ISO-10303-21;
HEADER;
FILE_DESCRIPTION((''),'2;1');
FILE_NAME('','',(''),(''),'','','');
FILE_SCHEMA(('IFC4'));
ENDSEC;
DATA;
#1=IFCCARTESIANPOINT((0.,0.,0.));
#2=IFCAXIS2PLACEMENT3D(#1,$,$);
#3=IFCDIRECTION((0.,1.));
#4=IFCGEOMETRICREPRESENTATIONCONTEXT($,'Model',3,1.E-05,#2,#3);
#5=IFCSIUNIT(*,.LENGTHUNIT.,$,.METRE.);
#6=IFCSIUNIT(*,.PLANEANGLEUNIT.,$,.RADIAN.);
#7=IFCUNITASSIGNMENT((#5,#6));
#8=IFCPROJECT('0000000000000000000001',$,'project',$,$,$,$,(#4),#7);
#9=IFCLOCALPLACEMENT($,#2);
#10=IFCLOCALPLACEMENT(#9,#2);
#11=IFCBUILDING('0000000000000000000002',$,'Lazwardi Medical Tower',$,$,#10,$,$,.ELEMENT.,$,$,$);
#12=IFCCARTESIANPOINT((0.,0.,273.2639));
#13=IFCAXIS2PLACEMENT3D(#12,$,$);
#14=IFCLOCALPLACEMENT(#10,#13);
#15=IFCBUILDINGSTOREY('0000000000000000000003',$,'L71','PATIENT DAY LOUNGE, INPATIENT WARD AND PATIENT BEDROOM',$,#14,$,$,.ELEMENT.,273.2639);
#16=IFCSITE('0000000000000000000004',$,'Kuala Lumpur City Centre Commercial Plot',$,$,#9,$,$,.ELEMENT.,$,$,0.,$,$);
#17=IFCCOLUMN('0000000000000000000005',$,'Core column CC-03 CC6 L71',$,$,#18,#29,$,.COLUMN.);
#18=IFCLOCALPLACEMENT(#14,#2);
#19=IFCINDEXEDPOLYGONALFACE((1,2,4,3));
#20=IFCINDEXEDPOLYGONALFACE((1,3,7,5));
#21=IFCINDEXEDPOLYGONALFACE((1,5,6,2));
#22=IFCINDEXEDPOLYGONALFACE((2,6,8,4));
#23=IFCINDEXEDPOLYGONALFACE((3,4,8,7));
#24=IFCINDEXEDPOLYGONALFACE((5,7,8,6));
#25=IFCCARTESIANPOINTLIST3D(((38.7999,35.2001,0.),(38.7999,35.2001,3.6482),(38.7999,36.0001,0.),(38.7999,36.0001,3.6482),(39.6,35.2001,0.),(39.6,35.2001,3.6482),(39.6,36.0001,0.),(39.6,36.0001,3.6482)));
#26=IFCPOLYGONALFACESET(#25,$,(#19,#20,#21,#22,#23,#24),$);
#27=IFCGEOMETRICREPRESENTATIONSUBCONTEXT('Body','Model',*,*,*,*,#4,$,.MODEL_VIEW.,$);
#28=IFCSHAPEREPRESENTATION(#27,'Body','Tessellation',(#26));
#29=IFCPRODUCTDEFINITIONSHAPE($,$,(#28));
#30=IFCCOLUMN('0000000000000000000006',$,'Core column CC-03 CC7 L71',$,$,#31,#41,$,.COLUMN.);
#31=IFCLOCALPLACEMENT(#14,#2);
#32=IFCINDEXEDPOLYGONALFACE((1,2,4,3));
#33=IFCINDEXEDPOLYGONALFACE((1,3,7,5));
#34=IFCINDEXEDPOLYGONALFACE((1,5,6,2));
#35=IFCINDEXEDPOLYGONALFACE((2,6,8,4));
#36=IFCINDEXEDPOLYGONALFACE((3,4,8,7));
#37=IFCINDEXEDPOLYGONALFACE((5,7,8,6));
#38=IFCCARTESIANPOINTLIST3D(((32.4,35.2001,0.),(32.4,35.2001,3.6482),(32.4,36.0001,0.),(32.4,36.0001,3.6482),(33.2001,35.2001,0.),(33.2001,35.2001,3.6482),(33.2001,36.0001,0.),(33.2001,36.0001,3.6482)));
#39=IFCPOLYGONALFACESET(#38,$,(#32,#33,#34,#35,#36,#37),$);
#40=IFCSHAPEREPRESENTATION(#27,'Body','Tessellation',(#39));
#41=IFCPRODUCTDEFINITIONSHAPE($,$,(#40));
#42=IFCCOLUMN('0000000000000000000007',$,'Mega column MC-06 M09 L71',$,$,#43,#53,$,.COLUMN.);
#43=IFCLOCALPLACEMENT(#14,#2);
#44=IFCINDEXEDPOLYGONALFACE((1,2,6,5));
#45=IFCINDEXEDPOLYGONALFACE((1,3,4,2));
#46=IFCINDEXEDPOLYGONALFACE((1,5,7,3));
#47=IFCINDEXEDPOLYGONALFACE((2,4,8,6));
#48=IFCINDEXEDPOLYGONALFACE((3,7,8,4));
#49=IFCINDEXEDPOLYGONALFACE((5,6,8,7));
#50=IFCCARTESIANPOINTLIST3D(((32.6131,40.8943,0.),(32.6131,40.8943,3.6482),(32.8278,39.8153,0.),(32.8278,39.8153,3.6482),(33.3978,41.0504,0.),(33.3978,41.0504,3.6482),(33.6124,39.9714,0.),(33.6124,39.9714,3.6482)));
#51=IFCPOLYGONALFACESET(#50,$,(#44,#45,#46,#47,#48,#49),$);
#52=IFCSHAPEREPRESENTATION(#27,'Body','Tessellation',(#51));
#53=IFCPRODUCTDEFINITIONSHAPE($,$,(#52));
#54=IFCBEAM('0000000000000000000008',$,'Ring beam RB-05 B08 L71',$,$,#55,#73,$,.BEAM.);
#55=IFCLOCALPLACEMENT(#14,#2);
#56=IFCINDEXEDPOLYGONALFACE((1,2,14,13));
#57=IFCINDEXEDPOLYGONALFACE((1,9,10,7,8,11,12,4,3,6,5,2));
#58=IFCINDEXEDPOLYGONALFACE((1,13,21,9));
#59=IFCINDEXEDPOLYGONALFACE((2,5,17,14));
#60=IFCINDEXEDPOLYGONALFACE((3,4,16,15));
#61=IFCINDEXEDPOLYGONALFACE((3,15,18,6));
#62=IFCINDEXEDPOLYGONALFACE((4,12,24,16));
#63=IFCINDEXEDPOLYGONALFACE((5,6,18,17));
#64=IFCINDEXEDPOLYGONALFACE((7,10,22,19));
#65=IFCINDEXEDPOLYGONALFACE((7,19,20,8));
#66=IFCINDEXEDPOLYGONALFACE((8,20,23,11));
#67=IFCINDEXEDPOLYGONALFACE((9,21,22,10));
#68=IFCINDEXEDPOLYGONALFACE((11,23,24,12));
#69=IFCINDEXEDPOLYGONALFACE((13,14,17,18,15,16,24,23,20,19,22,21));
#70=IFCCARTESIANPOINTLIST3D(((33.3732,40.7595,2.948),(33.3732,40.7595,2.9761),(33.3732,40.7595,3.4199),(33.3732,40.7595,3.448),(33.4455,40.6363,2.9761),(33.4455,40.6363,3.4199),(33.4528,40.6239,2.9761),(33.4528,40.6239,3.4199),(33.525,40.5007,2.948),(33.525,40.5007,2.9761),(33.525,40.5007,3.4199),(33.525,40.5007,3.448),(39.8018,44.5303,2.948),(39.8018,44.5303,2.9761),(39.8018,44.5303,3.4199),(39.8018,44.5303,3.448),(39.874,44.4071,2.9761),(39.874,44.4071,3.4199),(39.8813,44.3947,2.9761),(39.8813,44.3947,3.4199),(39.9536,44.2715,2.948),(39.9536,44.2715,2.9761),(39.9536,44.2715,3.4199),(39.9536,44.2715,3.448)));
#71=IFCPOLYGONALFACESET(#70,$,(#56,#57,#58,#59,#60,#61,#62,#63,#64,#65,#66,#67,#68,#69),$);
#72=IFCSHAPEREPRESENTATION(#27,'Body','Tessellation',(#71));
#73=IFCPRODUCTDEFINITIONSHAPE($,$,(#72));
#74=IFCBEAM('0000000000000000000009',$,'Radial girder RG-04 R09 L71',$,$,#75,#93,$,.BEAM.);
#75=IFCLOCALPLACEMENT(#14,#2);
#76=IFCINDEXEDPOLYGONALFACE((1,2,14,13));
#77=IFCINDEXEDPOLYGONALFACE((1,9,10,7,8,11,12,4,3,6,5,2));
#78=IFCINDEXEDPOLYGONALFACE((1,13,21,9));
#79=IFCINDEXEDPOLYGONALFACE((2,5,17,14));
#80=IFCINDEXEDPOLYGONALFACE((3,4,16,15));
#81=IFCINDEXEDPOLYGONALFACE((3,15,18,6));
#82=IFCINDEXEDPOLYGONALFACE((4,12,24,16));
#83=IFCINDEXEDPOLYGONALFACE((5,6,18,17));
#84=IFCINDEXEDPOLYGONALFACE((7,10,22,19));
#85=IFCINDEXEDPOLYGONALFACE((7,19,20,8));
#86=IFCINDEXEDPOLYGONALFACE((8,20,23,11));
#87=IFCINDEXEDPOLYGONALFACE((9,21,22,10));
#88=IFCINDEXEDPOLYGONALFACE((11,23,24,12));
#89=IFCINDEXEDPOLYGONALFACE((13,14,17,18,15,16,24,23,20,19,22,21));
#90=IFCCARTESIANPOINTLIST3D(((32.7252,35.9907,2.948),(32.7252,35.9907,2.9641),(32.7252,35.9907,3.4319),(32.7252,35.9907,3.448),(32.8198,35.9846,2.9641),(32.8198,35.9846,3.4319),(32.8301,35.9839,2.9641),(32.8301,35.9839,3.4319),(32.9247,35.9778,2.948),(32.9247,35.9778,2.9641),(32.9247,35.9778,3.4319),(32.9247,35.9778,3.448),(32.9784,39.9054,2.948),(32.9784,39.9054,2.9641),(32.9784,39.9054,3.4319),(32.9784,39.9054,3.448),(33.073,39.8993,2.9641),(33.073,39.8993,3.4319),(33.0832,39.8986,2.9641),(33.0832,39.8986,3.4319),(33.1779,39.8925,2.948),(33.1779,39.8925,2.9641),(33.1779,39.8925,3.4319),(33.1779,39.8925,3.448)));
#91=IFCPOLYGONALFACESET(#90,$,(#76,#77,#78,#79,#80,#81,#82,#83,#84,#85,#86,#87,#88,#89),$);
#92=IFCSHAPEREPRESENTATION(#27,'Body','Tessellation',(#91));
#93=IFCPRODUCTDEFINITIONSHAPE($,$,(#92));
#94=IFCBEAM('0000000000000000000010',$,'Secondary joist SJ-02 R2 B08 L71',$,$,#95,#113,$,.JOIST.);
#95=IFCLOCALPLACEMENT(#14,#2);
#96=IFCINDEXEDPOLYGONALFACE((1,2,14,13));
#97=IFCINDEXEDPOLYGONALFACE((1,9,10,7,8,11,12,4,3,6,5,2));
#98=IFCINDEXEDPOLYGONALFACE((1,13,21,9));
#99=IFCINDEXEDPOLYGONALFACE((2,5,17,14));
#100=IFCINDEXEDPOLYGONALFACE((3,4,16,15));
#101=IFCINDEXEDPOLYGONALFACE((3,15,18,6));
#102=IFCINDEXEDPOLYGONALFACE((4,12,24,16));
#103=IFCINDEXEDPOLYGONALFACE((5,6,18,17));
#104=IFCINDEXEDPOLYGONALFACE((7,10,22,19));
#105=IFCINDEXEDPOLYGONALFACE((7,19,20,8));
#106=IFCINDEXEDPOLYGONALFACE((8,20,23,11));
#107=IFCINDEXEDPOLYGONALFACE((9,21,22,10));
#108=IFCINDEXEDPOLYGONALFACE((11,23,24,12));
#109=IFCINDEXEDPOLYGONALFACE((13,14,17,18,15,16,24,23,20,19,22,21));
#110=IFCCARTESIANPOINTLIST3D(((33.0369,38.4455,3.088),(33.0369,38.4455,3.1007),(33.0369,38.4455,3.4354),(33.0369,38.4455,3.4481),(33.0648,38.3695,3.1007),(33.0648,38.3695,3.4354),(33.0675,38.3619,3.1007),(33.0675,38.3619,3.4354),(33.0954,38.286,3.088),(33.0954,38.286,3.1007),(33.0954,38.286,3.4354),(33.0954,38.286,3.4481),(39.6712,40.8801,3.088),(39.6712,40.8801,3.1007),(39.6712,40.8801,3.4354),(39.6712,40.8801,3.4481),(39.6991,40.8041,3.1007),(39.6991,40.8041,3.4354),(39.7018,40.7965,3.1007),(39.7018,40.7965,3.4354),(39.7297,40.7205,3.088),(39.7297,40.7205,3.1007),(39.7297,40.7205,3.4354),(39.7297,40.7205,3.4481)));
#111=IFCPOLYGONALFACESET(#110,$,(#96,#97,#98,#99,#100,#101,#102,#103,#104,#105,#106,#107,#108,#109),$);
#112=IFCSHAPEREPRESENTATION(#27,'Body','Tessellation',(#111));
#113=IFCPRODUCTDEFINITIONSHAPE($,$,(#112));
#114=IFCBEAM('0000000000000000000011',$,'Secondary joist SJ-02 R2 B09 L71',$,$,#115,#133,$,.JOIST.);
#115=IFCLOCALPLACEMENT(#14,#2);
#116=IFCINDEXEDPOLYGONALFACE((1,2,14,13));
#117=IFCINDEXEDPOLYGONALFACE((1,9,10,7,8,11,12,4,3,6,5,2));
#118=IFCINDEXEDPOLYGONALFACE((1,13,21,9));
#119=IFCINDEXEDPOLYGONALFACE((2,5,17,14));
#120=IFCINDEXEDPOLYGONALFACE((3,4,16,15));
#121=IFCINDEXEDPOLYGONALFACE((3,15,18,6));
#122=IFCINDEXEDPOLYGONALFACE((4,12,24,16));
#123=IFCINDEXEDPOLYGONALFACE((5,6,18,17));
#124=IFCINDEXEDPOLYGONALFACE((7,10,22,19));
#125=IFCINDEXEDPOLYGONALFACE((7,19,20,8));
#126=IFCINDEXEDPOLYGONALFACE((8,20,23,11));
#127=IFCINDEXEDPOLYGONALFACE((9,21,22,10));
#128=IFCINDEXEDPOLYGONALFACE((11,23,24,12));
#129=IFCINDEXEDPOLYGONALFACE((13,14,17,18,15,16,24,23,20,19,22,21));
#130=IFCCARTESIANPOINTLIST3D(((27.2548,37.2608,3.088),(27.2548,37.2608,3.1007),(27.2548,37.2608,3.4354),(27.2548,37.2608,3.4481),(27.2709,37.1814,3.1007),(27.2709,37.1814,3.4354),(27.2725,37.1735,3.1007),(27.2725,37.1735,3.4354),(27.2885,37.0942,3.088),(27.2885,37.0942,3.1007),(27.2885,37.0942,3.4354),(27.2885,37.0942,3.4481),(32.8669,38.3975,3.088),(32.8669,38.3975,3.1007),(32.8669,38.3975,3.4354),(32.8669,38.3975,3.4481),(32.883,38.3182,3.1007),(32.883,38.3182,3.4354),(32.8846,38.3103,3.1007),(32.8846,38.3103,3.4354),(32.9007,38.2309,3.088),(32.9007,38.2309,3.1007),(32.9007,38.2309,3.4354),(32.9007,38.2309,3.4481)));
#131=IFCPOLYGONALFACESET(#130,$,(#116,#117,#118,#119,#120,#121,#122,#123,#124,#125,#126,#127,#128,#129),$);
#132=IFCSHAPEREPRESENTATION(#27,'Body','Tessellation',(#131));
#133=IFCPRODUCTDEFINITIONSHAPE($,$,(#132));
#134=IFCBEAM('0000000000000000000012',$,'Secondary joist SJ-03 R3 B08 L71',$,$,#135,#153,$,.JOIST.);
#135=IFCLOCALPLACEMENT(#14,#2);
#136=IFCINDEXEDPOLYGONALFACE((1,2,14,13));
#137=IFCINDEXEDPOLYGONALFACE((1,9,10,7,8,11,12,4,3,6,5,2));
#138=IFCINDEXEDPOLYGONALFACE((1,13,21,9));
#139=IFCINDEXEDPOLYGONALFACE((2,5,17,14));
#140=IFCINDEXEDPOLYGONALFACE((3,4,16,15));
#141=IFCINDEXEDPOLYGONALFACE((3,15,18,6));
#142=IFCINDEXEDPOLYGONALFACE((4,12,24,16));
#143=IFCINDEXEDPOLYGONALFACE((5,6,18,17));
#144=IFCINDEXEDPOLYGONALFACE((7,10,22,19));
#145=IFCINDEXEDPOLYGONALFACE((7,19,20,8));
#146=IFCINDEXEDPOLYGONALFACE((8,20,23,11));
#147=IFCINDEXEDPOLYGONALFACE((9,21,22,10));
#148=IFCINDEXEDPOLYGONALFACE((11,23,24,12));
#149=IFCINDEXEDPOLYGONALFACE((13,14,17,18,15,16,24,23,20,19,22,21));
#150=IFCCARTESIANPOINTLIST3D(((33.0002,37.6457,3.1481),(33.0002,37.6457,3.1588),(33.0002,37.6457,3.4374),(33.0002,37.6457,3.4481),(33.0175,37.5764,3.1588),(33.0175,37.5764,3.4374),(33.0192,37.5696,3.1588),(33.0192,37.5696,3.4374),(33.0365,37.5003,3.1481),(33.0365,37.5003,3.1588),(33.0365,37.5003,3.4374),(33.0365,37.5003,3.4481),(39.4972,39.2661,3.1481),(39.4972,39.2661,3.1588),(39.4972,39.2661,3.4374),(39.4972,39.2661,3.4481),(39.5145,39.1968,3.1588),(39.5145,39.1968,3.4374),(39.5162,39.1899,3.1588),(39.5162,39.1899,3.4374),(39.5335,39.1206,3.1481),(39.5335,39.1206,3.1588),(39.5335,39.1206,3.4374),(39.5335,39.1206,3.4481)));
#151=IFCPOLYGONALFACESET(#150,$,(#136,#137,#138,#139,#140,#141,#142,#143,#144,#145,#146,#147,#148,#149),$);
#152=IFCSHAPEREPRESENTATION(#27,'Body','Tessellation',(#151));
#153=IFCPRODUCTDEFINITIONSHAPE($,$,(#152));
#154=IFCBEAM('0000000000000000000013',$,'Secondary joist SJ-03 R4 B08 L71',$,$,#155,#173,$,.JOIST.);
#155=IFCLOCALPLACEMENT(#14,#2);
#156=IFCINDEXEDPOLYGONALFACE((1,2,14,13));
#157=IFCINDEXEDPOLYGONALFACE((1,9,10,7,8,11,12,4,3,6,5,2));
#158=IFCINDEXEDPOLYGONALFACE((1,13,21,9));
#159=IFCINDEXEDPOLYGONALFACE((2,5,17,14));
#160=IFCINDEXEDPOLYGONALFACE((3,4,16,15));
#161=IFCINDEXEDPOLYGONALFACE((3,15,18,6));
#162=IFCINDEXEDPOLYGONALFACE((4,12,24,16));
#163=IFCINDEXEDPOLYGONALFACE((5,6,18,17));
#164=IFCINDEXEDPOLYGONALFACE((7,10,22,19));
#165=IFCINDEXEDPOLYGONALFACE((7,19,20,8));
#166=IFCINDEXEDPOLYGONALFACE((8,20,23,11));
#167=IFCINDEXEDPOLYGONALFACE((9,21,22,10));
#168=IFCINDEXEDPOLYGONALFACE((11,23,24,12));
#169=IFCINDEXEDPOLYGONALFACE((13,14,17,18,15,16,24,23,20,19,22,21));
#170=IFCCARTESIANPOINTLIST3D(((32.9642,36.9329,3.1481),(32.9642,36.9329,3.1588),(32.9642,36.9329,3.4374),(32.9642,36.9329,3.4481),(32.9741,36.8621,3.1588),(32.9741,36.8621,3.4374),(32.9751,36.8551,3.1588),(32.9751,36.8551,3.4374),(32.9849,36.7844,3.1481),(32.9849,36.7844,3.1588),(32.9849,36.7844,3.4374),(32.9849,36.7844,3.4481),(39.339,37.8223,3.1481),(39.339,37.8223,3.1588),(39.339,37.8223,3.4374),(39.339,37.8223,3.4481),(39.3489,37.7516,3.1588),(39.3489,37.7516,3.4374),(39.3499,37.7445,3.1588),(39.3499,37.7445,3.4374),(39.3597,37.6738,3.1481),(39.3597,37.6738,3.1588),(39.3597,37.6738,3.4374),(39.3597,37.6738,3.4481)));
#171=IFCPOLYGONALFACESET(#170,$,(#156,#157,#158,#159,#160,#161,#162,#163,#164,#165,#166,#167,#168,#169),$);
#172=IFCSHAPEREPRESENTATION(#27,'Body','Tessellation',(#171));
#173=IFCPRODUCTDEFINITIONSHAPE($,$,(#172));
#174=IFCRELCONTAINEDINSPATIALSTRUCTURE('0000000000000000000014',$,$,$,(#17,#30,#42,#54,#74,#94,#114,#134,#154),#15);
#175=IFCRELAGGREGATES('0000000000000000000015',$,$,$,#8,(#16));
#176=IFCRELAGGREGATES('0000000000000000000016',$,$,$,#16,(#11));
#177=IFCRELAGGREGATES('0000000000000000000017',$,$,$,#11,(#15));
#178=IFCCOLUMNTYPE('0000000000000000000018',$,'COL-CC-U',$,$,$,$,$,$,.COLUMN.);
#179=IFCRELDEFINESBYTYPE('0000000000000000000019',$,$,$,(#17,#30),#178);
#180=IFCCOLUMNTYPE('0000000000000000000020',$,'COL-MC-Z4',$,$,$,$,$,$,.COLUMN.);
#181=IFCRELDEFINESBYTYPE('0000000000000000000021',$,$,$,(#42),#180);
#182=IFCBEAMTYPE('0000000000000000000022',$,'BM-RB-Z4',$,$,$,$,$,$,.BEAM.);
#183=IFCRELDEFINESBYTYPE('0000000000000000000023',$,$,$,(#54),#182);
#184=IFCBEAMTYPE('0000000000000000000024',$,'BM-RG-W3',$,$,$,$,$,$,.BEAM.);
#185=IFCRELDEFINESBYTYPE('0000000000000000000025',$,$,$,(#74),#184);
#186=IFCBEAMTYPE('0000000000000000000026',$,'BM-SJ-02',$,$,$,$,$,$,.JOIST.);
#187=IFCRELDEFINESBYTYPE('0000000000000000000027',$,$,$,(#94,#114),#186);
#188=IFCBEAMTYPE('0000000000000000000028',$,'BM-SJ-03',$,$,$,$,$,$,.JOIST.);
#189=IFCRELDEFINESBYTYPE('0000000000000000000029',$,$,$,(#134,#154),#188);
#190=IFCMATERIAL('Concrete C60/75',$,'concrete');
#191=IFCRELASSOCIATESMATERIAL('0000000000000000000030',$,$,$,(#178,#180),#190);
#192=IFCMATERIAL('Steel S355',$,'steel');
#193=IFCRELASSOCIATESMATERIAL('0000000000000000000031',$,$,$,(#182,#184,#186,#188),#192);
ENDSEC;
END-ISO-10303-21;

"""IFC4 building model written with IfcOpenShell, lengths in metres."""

from ifc_helpers import new_model, si_unit, direction, frame, origin, origin_2d, place, context, subcontext, project, spatial, rectangle, i_section, extrude, material, material_profile, profile_set, type_object, element, save


model = new_model("IFC4")

# Units and contexts
model_context = context("Model", 3, precision=1e-05, world=origin(), true_north=direction((0.0, 1.0)))
body_context = subcontext(model_context, "Body", "Model", "MODEL_VIEW")
ifc_project = project(units=[si_unit("LENGTHUNIT", "METRE"), si_unit("PLANEANGLEUNIT", "RADIAN")], contexts=[model_context])

# Site, building, storey
site_placement = place(None, origin())
site = spatial("IfcSite", under=ifc_project, at=site_placement, Name="Kuala Lumpur City Centre Commercial Plot", CompositionType="ELEMENT", RefElevation=0.0)
building_placement = place(site_placement, origin())
building = spatial("IfcBuilding", under=site, at=building_placement, Name="Lazwardi Medical Tower", CompositionType="ELEMENT")
storey_placement = place(building_placement, frame((0.0, 0.0, 273.2639)))
storey = spatial("IfcBuildingStorey", under=building, at=storey_placement, Name="L71", Description="PATIENT DAY LOUNGE, INPATIENT WARD AND PATIENT BEDROOM", CompositionType="ELEMENT", Elevation=273.2639)

# Columns
ifc_material_1 = material(Name="Concrete C60/75", Category="concrete")
ifc_material_profile_1 = material_profile(ifc_material_1, rectangle(XDim=0.8, YDim=0.8, at=origin_2d()), Name="RC 800x800")
ifc_profile_set_1 = profile_set([ifc_material_profile_1], Name="Concrete C60/75")
column_type_1 = type_object("IfcColumnType", Name="COL-CC-U", PredefinedType="COLUMN", material=ifc_profile_set_1)
for number, where, z_axis, x_axis, name in (
    (1, (39.2, 35.6001, 0.0), (0.0, 0.0, 1.0), (1.0, 0.0, 0.0), "Core column CC-03 CC6 L71"),
    (2, (32.8, 35.6001, 0.0), (0.0, 0.0, 1.0), (1.0, 0.0, 0.0), "Core column CC-03 CC7 L71"),
):
    element("IfcColumn", number, at=place(storey_placement, frame(where, z_axis=z_axis, x_axis=x_axis)), inside=storey, type_object=column_type_1, Name=name, PredefinedType="COLUMN", context=body_context, shape_type="SweptSolid", body=[
        extrude(rectangle(XDim=0.8, YDim=0.8, at=origin_2d()), origin(), (0.0, 0.0, 1.0), 3.6482),
    ])
ifc_material_profile_2 = material_profile(ifc_material_1, rectangle(XDim=1.1001, YDim=0.8, at=origin_2d()), Name="CFT-RECT 1100x800")
ifc_profile_set_2 = profile_set([ifc_material_profile_2], Name="Concrete C60/75")
column_type_2 = type_object("IfcColumnType", Name="COL-MC-Z4", PredefinedType="COLUMN", material=ifc_profile_set_2)
column_placement = place(storey_placement, frame((33.1128, 40.4329, 0.0), z_axis=(0.0, 0.0, 1.0), x_axis=(-0.19509, 0.980785, 0.0)))
element("IfcColumn", 3, at=column_placement, inside=storey, type_object=column_type_2, Name="Mega column MC-06 M09 L71", PredefinedType="COLUMN", context=body_context, shape_type="SweptSolid", body=[
    extrude(rectangle(XDim=1.1001, YDim=0.8, at=origin_2d()), origin(), (0.0, 0.0, 1.0), 3.6482),
])

# Beams
ifc_material_2 = material(Name="Steel S355", Category="steel")
ifc_material_profile_3 = material_profile(ifc_material_2, i_section(OverallWidth=0.3, OverallDepth=0.5, WebThickness=0.0144, FlangeThickness=0.0281, at=origin_2d()), Name="HEB 500")
ifc_profile_set_3 = profile_set([ifc_material_profile_3], Name="Steel S355")
beam_type_1 = type_object("IfcBeamType", Name="BM-RB-Z4", PredefinedType="BEAM", material=ifc_profile_set_3)
beam_1_placement = place(storey_placement, frame((39.8777, 44.4009, 3.198), z_axis=(-0.862561, -0.505953, 0.0), x_axis=(0.505953, -0.862561, 0.0)))
element("IfcBeam", 4, at=beam_1_placement, inside=storey, type_object=beam_type_1, Name="Ring beam RB-05 B08 L71", PredefinedType="BEAM", context=body_context, shape_type="SweptSolid", body=[
    extrude(i_section(OverallWidth=0.3, OverallDepth=0.5, WebThickness=0.0144, FlangeThickness=0.0281, at=origin_2d()), origin(), (0.0, 0.0, 1.0), 7.4529),
])
ifc_material_profile_4 = material_profile(ifc_material_2, i_section(OverallWidth=0.2, OverallDepth=0.5, WebThickness=0.0103, FlangeThickness=0.0161, at=origin_2d()), Name="IPE 500")
ifc_profile_set_4 = profile_set([ifc_material_profile_4], Name="Steel S355")
beam_type_2 = type_object("IfcBeamType", Name="BM-RG-W3", PredefinedType="BEAM", material=ifc_profile_set_4)
beam_2_placement = place(storey_placement, frame((33.0781, 39.8989, 3.198), z_axis=(-0.064536, -0.997915, 0.0), x_axis=(0.997915, -0.064536, 0.0)))
element("IfcBeam", 5, at=beam_2_placement, inside=storey, type_object=beam_type_2, Name="Radial girder RG-04 R09 L71", PredefinedType="BEAM", context=body_context, shape_type="SweptSolid", body=[
    extrude(i_section(OverallWidth=0.2, OverallDepth=0.5, WebThickness=0.0103, FlangeThickness=0.0161, at=origin_2d()), origin(), (0.0, 0.0, 1.0), 3.9229),
])
ifc_material_profile_5 = material_profile(ifc_material_2, i_section(OverallWidth=0.1699, OverallDepth=0.3601, WebThickness=0.0081, FlangeThickness=0.0127, at=origin_2d()), Name="IPE 360")
ifc_profile_set_5 = profile_set([ifc_material_profile_5], Name="Steel S355")
beam_type_3 = type_object("IfcBeamType", Name="BM-SJ-02", PredefinedType="JOIST", material=ifc_profile_set_5)
beam_3_placement = place(storey_placement, frame((39.7004, 40.8003, 3.2681), z_axis=(-0.938785, -0.344504, 0.0), x_axis=(0.344504, -0.938785, 0.0)))
element("IfcBeam", 6, at=beam_3_placement, inside=storey, type_object=beam_type_3, Name="Secondary joist SJ-02 R2 B08 L71", PredefinedType="JOIST", context=body_context, shape_type="SweptSolid", body=[
    extrude(i_section(OverallWidth=0.1699, OverallDepth=0.3601, WebThickness=0.0081, FlangeThickness=0.0127, at=origin_2d()), origin(), (0.0, 0.0, 1.0), 7.0669),
])
beam_4_placement = place(storey_placement, frame((32.8838, 38.3142, 3.2681), z_axis=(-0.980097, -0.198518, 0.0), x_axis=(0.198518, -0.980097, 0.0)))
element("IfcBeam", 7, at=beam_4_placement, inside=storey, type_object=beam_type_3, Name="Secondary joist SJ-02 R2 B09 L71", PredefinedType="JOIST", context=body_context, shape_type="SweptSolid", body=[
    extrude(i_section(OverallWidth=0.1699, OverallDepth=0.3601, WebThickness=0.0081, FlangeThickness=0.0127, at=origin_2d()), origin(), (0.0, 0.0, 1.0), 5.7261),
])
ifc_material_profile_6 = material_profile(ifc_material_2, i_section(OverallWidth=0.1499, OverallDepth=0.3, WebThickness=0.0071, FlangeThickness=0.0107, at=origin_2d()), Name="IPE 300")
ifc_profile_set_6 = profile_set([ifc_material_profile_6], Name="Steel S355")
beam_type_4 = type_object("IfcBeamType", Name="BM-SJ-03", PredefinedType="JOIST", material=ifc_profile_set_6)
beam_5_placement = place(storey_placement, frame((39.5154, 39.1934, 3.2981), z_axis=(-0.97028, -0.241987, 0.0), x_axis=(0.241987, -0.97028, 0.0)))
element("IfcBeam", 8, at=beam_5_placement, inside=storey, type_object=beam_type_4, Name="Secondary joist SJ-03 R3 B08 L71", PredefinedType="JOIST", context=body_context, shape_type="SweptSolid", body=[
    extrude(i_section(OverallWidth=0.1499, OverallDepth=0.3, WebThickness=0.0071, FlangeThickness=0.0107, at=origin_2d()), origin(), (0.0, 0.0, 1.0), 6.696),
])
beam_6_placement = place(storey_placement, frame((39.3494, 37.748, 3.2981), z_axis=(-0.990407, -0.138181, 0.0), x_axis=(0.138181, -0.990407, 0.0)))
element("IfcBeam", 9, at=beam_6_placement, inside=storey, type_object=beam_type_4, Name="Secondary joist SJ-03 R4 B08 L71", PredefinedType="JOIST", context=body_context, shape_type="SweptSolid", body=[
    extrude(i_section(OverallWidth=0.1499, OverallDepth=0.3, WebThickness=0.0071, FlangeThickness=0.0107, at=origin_2d()), origin(), (0.0, 0.0, 1.0), 6.4365),
])

save(model, "model.ifc")
